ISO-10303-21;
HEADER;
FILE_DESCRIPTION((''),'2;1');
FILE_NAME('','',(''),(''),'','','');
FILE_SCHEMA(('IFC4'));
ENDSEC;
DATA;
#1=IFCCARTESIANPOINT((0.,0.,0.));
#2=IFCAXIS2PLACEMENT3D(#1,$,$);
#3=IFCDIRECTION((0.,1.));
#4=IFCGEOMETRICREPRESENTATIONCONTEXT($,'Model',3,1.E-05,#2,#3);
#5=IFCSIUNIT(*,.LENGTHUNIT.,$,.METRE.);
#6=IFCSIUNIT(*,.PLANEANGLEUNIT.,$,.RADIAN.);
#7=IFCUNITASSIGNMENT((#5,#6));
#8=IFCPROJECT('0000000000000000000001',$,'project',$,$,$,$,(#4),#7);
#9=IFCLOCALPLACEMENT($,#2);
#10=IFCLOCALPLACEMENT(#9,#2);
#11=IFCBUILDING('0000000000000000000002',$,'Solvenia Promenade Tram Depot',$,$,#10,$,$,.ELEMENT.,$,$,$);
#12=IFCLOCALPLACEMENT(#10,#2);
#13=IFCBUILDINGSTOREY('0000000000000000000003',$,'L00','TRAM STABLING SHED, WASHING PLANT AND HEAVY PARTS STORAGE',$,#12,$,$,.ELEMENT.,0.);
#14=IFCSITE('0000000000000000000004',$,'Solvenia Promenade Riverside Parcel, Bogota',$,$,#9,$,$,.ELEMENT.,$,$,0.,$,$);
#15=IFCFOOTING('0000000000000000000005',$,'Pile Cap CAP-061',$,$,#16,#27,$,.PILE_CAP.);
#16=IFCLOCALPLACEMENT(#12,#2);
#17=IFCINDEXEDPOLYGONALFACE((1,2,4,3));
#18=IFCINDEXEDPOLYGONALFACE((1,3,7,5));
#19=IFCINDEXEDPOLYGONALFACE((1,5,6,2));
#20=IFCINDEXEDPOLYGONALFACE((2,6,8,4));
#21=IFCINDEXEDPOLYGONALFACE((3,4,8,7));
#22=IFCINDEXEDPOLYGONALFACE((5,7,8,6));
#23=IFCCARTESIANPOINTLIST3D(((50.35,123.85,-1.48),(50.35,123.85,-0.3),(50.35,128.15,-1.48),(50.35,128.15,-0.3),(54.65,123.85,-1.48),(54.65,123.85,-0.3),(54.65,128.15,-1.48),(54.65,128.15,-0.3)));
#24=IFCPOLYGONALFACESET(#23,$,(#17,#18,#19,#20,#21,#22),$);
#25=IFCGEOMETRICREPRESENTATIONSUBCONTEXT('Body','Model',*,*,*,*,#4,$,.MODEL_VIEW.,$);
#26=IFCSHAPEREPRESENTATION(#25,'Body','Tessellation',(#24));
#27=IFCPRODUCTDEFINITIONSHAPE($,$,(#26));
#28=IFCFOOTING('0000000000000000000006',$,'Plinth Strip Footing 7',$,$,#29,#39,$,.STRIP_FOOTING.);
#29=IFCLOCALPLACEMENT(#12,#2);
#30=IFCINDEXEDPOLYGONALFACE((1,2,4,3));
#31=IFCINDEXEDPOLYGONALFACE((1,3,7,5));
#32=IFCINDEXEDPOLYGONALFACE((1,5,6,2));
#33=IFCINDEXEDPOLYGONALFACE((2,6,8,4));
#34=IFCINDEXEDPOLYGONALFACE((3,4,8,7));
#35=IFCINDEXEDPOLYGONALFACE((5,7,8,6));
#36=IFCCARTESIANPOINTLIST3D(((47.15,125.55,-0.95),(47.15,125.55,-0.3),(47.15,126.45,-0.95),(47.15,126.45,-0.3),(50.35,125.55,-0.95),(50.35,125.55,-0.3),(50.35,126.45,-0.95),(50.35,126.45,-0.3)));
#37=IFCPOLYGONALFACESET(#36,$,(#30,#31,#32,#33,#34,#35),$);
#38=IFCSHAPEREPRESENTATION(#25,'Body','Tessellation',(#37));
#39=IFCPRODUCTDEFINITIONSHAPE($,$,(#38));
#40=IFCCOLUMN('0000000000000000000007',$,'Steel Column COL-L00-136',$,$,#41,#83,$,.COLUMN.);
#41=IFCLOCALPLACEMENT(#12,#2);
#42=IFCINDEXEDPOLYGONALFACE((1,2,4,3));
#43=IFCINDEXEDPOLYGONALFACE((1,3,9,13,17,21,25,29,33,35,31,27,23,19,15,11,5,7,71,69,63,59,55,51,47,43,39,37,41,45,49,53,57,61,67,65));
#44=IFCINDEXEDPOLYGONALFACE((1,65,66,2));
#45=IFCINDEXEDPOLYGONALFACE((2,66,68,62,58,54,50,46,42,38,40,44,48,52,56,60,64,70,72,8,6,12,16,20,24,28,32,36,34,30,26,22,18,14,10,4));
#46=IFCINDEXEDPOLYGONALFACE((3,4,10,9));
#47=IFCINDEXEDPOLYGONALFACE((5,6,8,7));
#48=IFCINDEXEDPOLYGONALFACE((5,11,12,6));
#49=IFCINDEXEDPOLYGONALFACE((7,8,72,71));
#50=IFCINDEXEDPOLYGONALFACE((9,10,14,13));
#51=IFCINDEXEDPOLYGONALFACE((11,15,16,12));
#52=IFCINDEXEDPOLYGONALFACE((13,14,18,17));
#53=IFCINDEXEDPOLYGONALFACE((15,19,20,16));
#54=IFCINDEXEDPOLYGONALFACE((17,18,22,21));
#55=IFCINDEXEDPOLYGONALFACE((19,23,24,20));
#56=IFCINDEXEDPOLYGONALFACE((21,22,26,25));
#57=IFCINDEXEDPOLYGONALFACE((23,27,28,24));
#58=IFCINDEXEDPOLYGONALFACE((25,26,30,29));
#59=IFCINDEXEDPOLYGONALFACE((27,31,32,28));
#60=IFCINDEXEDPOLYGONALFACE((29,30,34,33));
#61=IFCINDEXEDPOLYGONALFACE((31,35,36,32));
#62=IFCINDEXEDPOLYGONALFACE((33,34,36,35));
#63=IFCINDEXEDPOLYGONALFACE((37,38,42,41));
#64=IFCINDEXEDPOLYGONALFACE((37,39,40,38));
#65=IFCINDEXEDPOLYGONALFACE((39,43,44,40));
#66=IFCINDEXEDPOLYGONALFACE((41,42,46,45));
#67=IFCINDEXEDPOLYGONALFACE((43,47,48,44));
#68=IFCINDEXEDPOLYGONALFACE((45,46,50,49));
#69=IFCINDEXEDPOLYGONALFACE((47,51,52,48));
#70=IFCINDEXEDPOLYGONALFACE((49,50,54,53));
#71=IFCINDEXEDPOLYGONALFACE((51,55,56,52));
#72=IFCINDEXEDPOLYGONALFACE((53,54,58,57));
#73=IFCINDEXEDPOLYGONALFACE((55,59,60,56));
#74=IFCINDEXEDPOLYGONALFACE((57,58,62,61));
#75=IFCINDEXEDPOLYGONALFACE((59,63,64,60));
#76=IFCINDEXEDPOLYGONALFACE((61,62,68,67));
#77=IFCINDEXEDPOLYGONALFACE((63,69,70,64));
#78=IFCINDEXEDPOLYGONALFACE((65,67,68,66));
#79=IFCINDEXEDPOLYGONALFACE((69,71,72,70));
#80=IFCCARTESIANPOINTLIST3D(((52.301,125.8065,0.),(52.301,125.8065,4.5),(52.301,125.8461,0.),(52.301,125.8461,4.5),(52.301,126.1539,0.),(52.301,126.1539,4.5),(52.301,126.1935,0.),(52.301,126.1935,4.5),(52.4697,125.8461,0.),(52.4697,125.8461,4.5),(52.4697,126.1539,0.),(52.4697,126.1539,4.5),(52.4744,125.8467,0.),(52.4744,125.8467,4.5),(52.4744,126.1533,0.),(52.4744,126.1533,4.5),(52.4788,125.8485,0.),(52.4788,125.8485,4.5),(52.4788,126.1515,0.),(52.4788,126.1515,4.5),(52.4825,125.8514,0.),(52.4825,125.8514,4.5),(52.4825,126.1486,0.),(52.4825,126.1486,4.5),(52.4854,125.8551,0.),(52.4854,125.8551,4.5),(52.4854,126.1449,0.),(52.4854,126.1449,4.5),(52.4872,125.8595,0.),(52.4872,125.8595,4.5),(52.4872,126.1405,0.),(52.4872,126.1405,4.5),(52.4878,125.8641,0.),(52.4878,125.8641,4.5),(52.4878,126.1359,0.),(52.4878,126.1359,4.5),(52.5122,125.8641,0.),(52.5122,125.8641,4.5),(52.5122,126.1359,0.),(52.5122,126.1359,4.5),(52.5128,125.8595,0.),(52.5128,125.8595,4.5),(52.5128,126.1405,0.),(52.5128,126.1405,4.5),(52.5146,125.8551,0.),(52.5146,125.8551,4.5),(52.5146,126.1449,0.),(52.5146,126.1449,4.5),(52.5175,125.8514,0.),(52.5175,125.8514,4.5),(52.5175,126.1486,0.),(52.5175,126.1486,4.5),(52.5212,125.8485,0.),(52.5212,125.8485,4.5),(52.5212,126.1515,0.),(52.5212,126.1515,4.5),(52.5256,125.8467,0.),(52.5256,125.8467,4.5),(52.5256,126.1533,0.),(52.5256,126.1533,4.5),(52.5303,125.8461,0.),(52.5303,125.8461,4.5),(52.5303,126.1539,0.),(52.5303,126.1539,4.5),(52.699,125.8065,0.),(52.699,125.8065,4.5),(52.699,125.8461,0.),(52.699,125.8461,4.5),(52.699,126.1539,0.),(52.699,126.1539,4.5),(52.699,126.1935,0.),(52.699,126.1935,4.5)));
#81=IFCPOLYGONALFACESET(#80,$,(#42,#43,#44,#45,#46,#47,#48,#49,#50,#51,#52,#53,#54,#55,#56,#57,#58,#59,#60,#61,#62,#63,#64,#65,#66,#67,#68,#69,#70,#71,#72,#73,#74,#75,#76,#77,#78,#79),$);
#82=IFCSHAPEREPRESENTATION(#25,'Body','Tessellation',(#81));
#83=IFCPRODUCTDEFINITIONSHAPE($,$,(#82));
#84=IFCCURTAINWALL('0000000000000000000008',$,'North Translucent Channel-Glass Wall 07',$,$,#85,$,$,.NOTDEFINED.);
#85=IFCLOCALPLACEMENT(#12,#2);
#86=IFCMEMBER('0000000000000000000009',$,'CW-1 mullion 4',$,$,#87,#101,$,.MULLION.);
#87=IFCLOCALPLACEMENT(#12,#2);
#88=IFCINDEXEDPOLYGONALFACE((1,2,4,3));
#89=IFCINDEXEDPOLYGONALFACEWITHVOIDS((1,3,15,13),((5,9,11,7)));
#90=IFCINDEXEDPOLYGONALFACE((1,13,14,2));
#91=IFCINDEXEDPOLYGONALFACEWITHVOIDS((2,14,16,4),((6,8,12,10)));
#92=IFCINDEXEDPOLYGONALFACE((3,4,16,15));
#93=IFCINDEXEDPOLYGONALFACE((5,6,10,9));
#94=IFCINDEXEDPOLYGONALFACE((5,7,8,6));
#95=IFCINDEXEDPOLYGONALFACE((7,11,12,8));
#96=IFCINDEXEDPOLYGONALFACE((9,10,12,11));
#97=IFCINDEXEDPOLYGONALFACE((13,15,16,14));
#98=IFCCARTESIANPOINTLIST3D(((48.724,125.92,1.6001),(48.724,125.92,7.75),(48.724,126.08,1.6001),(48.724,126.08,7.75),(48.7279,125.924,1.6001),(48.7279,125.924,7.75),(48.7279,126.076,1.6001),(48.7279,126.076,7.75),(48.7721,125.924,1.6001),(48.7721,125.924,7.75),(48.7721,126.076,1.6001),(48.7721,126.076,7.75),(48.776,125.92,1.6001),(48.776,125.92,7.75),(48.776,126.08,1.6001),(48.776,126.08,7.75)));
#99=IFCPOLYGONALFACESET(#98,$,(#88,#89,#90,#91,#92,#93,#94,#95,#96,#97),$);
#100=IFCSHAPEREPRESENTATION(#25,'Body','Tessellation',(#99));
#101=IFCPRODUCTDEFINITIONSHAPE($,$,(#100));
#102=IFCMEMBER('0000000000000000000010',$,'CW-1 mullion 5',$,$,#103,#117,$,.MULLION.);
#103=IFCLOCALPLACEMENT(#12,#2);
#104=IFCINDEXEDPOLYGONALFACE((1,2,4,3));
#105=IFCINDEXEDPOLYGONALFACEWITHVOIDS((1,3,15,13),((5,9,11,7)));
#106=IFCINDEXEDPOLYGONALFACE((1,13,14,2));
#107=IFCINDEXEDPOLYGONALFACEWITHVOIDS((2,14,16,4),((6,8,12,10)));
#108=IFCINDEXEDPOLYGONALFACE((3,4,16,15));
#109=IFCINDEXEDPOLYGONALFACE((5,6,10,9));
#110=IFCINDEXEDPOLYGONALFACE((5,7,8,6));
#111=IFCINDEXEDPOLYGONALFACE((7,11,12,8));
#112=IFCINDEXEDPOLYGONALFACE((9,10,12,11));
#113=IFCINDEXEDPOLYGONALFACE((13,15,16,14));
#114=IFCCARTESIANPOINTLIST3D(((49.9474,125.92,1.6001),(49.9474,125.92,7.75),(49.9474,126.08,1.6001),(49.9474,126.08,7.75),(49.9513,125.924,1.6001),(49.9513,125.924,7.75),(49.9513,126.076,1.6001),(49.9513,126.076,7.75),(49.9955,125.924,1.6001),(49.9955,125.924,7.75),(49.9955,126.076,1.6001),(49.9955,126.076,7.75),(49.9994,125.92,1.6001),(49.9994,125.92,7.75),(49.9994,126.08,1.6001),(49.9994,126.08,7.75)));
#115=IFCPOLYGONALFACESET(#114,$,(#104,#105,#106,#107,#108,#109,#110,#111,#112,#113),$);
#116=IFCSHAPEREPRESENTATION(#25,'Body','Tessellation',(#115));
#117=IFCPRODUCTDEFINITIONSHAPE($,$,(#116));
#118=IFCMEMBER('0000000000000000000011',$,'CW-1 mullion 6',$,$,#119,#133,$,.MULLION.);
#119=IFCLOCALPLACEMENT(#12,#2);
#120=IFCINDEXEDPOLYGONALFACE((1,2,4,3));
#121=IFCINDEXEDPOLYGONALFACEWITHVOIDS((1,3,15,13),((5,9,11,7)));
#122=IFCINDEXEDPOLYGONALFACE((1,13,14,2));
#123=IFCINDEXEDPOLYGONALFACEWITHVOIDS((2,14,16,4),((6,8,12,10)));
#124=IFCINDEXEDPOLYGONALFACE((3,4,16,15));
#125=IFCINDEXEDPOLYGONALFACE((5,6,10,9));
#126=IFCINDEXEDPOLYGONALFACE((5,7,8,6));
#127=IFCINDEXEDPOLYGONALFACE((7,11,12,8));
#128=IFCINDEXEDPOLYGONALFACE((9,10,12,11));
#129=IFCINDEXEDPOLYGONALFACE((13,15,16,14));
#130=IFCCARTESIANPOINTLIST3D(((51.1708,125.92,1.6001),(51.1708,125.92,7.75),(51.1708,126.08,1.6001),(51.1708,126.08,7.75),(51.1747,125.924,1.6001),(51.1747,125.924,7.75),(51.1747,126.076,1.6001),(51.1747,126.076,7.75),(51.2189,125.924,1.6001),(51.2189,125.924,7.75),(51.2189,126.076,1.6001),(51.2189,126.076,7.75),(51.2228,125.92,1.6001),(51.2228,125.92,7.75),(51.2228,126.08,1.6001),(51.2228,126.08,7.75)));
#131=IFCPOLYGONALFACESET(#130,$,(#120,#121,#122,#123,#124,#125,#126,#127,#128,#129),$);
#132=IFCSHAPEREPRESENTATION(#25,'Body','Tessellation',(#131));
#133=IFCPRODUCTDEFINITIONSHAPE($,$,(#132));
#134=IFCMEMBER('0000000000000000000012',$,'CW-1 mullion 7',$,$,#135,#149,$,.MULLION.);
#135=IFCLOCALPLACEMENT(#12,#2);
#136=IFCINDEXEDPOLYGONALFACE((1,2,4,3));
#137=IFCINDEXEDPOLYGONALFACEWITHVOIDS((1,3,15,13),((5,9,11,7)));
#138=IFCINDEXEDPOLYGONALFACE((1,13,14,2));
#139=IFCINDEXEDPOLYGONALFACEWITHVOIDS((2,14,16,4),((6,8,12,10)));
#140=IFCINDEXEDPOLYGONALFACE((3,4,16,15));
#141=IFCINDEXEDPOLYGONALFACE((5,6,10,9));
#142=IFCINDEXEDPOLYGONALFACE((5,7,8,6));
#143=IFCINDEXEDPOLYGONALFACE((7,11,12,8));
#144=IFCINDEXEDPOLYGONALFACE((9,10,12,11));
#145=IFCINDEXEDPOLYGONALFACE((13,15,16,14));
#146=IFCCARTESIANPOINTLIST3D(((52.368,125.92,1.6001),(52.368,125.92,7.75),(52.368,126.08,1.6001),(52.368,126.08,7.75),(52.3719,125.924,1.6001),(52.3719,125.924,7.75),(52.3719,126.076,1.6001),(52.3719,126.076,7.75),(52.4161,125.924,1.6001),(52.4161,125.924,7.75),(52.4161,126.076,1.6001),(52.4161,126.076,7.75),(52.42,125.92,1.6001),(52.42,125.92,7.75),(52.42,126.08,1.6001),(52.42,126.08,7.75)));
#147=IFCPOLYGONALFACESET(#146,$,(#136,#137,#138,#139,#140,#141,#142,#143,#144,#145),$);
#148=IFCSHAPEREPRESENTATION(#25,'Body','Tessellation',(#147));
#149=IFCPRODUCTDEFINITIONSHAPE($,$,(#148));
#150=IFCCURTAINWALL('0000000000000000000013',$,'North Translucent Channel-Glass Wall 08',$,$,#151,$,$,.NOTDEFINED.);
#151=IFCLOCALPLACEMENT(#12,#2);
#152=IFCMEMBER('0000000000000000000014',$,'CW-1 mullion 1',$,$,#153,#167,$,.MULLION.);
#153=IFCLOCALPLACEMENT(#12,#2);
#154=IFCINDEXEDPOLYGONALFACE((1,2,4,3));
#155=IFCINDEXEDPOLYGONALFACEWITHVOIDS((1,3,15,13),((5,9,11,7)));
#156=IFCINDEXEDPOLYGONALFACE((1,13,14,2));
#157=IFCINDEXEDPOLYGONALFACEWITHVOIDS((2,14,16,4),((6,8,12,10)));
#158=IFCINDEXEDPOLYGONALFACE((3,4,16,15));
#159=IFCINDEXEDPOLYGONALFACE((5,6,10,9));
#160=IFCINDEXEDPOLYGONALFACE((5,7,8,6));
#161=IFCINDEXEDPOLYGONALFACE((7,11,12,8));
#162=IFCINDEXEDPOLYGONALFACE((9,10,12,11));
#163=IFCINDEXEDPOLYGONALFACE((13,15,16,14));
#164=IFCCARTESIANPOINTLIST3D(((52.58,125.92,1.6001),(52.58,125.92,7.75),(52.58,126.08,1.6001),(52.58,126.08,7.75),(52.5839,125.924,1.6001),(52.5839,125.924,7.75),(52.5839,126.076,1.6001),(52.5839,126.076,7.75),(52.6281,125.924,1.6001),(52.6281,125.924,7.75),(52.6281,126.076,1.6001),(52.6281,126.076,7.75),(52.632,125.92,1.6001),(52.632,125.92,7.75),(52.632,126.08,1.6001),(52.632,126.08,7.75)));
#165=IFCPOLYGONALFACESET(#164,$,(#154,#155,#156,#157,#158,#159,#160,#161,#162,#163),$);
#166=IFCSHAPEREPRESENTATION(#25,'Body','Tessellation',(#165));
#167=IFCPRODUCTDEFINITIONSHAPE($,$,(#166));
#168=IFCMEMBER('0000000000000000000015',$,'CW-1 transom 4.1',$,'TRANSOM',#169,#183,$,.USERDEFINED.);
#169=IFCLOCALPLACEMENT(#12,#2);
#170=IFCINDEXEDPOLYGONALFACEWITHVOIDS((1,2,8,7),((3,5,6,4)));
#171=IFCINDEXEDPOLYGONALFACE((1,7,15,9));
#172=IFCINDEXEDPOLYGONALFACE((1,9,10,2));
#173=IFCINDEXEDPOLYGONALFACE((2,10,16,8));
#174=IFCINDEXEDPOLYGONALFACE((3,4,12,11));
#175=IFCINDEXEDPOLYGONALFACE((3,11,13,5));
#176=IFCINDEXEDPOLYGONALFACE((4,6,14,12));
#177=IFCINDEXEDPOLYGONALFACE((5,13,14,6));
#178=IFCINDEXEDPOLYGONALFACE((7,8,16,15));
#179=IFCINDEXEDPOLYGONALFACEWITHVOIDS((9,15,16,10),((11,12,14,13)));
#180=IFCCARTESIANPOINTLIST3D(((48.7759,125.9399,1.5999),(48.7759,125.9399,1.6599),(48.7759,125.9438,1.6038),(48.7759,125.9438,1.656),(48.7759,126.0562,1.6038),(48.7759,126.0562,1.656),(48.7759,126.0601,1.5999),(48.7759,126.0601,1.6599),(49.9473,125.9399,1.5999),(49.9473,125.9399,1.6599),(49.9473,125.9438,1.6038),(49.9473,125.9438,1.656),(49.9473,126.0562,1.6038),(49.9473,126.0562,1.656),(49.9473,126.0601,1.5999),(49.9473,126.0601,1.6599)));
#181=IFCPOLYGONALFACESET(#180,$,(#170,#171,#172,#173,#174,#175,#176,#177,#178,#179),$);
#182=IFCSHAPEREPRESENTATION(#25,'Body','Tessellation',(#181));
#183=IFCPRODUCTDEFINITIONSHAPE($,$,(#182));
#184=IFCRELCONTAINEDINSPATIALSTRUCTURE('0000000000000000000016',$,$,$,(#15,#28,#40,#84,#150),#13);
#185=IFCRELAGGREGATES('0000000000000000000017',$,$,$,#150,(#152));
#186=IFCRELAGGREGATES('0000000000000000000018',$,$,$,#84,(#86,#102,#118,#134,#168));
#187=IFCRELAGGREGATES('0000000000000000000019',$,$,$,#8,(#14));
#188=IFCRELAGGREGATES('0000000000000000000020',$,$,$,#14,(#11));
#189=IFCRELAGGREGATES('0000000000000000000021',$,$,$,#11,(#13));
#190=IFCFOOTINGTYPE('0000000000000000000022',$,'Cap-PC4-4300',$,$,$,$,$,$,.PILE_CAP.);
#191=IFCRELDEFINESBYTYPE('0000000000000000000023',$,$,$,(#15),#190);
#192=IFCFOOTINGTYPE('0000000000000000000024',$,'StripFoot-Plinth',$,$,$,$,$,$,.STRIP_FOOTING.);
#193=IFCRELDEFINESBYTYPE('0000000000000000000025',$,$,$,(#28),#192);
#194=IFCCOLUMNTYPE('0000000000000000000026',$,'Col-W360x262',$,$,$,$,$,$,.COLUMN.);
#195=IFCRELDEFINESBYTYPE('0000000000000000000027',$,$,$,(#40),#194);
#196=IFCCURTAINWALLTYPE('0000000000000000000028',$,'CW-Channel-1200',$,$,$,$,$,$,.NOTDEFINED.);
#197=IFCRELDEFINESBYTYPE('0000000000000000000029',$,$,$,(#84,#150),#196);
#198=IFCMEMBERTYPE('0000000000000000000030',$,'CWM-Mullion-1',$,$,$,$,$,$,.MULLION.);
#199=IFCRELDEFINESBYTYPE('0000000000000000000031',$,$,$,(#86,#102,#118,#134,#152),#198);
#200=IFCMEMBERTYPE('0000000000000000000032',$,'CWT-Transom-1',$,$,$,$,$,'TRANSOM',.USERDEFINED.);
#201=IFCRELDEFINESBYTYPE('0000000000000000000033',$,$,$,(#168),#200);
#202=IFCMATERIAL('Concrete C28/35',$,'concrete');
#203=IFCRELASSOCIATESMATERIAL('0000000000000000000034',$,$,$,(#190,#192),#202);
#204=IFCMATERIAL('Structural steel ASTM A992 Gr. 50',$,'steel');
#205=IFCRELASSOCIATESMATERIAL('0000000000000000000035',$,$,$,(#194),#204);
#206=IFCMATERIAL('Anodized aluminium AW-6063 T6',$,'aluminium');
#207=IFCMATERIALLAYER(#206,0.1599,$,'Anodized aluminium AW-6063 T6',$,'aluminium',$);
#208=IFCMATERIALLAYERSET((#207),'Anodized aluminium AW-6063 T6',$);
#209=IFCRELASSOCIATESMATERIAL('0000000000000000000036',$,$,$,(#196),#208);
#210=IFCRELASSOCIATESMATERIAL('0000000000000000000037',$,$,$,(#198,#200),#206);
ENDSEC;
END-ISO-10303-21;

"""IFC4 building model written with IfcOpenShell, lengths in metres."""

from ifc_helpers import new_model, si_unit, direction, frame, origin, origin_2d, place, context, subcontext, project, spatial, rectangle, hollow_rectangle, i_section, extrude, material, layer, layer_set, material_profile, profile_set, type_object, element, aggregate, save


model = new_model("IFC4")

# Units and contexts
model_context = context("Model", 3, precision=1e-05, world=origin(), true_north=direction((0.0, 1.0)))
body_context = subcontext(model_context, "Body", "Model", "MODEL_VIEW")
ifc_project = project(units=[si_unit("LENGTHUNIT", "METRE"), si_unit("PLANEANGLEUNIT", "RADIAN")], contexts=[model_context])

# Site, building, storey
site_placement = place(None, origin())
site = spatial("IfcSite", under=ifc_project, at=site_placement, Name="Solvenia Promenade Riverside Parcel, Bogota", CompositionType="ELEMENT", RefElevation=0.0)
building_placement = place(site_placement, origin())
building = spatial("IfcBuilding", under=site, at=building_placement, Name="Solvenia Promenade Tram Depot", CompositionType="ELEMENT")
storey_placement = place(building_placement, origin())
storey = spatial("IfcBuildingStorey", under=building, at=storey_placement, Name="L00", Description="TRAM STABLING SHED, WASHING PLANT AND HEAVY PARTS STORAGE", CompositionType="ELEMENT", Elevation=0.0)

# Footings
ifc_material_1 = material(Name="Concrete C28/35", Category="concrete")
footing_type_1 = type_object("IfcFootingType", Name="Cap-PC4-4300", PredefinedType="PILE_CAP", material=ifc_material_1)
footing_1_placement = place(storey_placement, frame((52.5, 126.0, -1.48), z_axis=(0.0, 0.0, 1.0), x_axis=(1.0, 0.0, 0.0)))
element("IfcFooting", 1, at=footing_1_placement, inside=storey, type_object=footing_type_1, Name="Pile Cap CAP-061", PredefinedType="PILE_CAP", context=body_context, shape_type="SweptSolid", body=[
    extrude(rectangle(XDim=4.3, YDim=4.3, at=origin_2d()), origin(), (0.0, 0.0, 1.0), 1.1799),
])
footing_type_2 = type_object("IfcFootingType", Name="StripFoot-Plinth", PredefinedType="STRIP_FOOTING", material=ifc_material_1)
footing_2_placement = place(storey_placement, frame((48.75, 126.0, -0.95), z_axis=(0.0, 0.0, 1.0), x_axis=(1.0, 0.0, 0.0)))
element("IfcFooting", 2, at=footing_2_placement, inside=storey, type_object=footing_type_2, Name="Plinth Strip Footing 7", PredefinedType="STRIP_FOOTING", context=body_context, shape_type="SweptSolid", body=[
    extrude(rectangle(XDim=3.2, YDim=0.8999, at=origin_2d()), origin(), (0.0, 0.0, 1.0), 0.6499),
])

# Column
ifc_material_2 = material(Name="Structural steel ASTM A992 Gr. 50", Category="steel")
ifc_material_profile_1 = material_profile(ifc_material_2, i_section(OverallWidth=0.3979, OverallDepth=0.387, WebThickness=0.0244, FlangeThickness=0.0396, FilletRadius=0.0181, at=origin_2d()), Name="W360x262", Category="steel")
ifc_profile_set_1 = profile_set([ifc_material_profile_1], Name="Structural steel ASTM A992 Gr. 50")
column_type = type_object("IfcColumnType", Name="Col-W360x262", PredefinedType="COLUMN", material=ifc_profile_set_1)
column_placement = place(storey_placement, frame((52.5, 126.0, 0.0), z_axis=(0.0, 0.0, 1.0), x_axis=(1.0, 0.0, 0.0)))
element("IfcColumn", 3, at=column_placement, inside=storey, type_object=column_type, Name="Steel Column COL-L00-136", PredefinedType="COLUMN", context=body_context, shape_type="SweptSolid", body=[
    extrude(i_section(OverallWidth=0.3979, OverallDepth=0.387, WebThickness=0.0244, FlangeThickness=0.0396, FilletRadius=0.0181, at=origin_2d()), origin(), (0.0, 0.0, 1.0), 4.5),
])

# Curtain wall, members
ifc_material_3 = material(Name="Anodized aluminium AW-6063 T6", Category="aluminium")
ifc_layer_1 = layer(ifc_material_3, 0.1599, Name="Anodized aluminium AW-6063 T6", Category="aluminium")
ifc_layer_set_1 = layer_set([ifc_layer_1], Name="Anodized aluminium AW-6063 T6")
curtain_wall_type = type_object("IfcCurtainWallType", Name="CW-Channel-1200", PredefinedType="NOTDEFINED", material=ifc_layer_set_1)
curtain_wall_1_placement = place(storey_placement, origin())
curtain_wall_1 = element("IfcCurtainWall", 4, at=curtain_wall_1_placement, inside=storey, type_object=curtain_wall_type, Name="North Translucent Channel-Glass Wall 07", PredefinedType="NOTDEFINED")
ifc_material_profile_2 = material_profile(ifc_material_3, hollow_rectangle(XDim=0.1599, YDim=0.052, WallThickness=0.0039, at=origin_2d()), Name="ALU-M1", Category="aluminium")
ifc_profile_set_2 = profile_set([ifc_material_profile_2], Name="Anodized aluminium AW-6063 T6")
member_type_1 = type_object("IfcMemberType", Name="CWM-Mullion-1", PredefinedType="MULLION", material=ifc_profile_set_2)
member_1_placement = place(storey_placement, frame((48.75, 126.0, 1.6001), z_axis=(0.0, 0.0, 1.0), x_axis=(0.0, 1.0, 0.0)))
member_1 = element("IfcMember", 5, at=member_1_placement, type_object=member_type_1, Name="CW-1 mullion 4", PredefinedType="MULLION", context=body_context, shape_type="SweptSolid", body=[
    extrude(hollow_rectangle(XDim=0.1599, YDim=0.052, WallThickness=0.0039, at=origin_2d()), origin(), (0.0, 0.0, 1.0), 6.1499),
])
member_2_placement = place(storey_placement, frame((49.9734, 126.0, 1.6001), z_axis=(0.0, 0.0, 1.0), x_axis=(0.0, 1.0, 0.0)))
member_2 = element("IfcMember", 6, at=member_2_placement, type_object=member_type_1, Name="CW-1 mullion 5", PredefinedType="MULLION", context=body_context, shape_type="SweptSolid", body=[
    extrude(hollow_rectangle(XDim=0.1599, YDim=0.052, WallThickness=0.0039, at=origin_2d()), origin(), (0.0, 0.0, 1.0), 6.1499),
])
member_3_placement = place(storey_placement, frame((51.1968, 126.0, 1.6001), z_axis=(0.0, 0.0, 1.0), x_axis=(0.0, 1.0, 0.0)))
member_3 = element("IfcMember", 7, at=member_3_placement, type_object=member_type_1, Name="CW-1 mullion 6", PredefinedType="MULLION", context=body_context, shape_type="SweptSolid", body=[
    extrude(hollow_rectangle(XDim=0.1599, YDim=0.052, WallThickness=0.0039, at=origin_2d()), origin(), (0.0, 0.0, 1.0), 6.1499),
])
member_4_placement = place(storey_placement, frame((52.394, 126.0, 1.6001), z_axis=(0.0, 0.0, 1.0), x_axis=(0.0, 1.0, 0.0)))
member_4 = element("IfcMember", 8, at=member_4_placement, type_object=member_type_1, Name="CW-1 mullion 7", PredefinedType="MULLION", context=body_context, shape_type="SweptSolid", body=[
    extrude(hollow_rectangle(XDim=0.1599, YDim=0.052, WallThickness=0.0039, at=origin_2d()), origin(), (0.0, 0.0, 1.0), 6.1499),
])

# Curtain wall, member
curtain_wall_2_placement = place(storey_placement, origin())
curtain_wall_2 = element("IfcCurtainWall", 9, at=curtain_wall_2_placement, inside=storey, type_object=curtain_wall_type, Name="North Translucent Channel-Glass Wall 08", PredefinedType="NOTDEFINED")
member_5_placement = place(storey_placement, frame((52.606, 126.0, 1.6001), z_axis=(0.0, 0.0, 1.0), x_axis=(0.0, 1.0, 0.0)))
member_5 = element("IfcMember", 10, at=member_5_placement, type_object=member_type_1, Name="CW-1 mullion 1", PredefinedType="MULLION", context=body_context, shape_type="SweptSolid", body=[
    extrude(hollow_rectangle(XDim=0.1599, YDim=0.052, WallThickness=0.0039, at=origin_2d()), origin(), (0.0, 0.0, 1.0), 6.1499),
])

# Member
ifc_material_profile_3 = material_profile(ifc_material_3, hollow_rectangle(XDim=0.1201, YDim=0.0601, WallThickness=0.0039, at=origin_2d()), Name="ALU-T1", Category="aluminium")
ifc_profile_set_3 = profile_set([ifc_material_profile_3], Name="Anodized aluminium AW-6063 T6")
member_type_2 = type_object("IfcMemberType", Name="CWT-Transom-1", ElementType="TRANSOM", PredefinedType="USERDEFINED", material=ifc_profile_set_3)
member_6_placement = place(storey_placement, frame((48.7759, 126.0, 1.6299), z_axis=(1.0, 0.0, 0.0), x_axis=(0.0, 1.0, 0.0)))
member_6 = element("IfcMember", 11, at=member_6_placement, type_object=member_type_2, Name="CW-1 transom 4.1", ObjectType="TRANSOM", PredefinedType="USERDEFINED", context=body_context, shape_type="SweptSolid", body=[
    extrude(hollow_rectangle(XDim=0.1201, YDim=0.0601, WallThickness=0.0039, at=origin_2d()), origin(), (0.0, 0.0, 1.0), 1.1714),
])
aggregate(curtain_wall_2, [member_5])

aggregate(curtain_wall_1, [member_1, member_2, member_3, member_4, member_6])

save(model, "model.ifc")
